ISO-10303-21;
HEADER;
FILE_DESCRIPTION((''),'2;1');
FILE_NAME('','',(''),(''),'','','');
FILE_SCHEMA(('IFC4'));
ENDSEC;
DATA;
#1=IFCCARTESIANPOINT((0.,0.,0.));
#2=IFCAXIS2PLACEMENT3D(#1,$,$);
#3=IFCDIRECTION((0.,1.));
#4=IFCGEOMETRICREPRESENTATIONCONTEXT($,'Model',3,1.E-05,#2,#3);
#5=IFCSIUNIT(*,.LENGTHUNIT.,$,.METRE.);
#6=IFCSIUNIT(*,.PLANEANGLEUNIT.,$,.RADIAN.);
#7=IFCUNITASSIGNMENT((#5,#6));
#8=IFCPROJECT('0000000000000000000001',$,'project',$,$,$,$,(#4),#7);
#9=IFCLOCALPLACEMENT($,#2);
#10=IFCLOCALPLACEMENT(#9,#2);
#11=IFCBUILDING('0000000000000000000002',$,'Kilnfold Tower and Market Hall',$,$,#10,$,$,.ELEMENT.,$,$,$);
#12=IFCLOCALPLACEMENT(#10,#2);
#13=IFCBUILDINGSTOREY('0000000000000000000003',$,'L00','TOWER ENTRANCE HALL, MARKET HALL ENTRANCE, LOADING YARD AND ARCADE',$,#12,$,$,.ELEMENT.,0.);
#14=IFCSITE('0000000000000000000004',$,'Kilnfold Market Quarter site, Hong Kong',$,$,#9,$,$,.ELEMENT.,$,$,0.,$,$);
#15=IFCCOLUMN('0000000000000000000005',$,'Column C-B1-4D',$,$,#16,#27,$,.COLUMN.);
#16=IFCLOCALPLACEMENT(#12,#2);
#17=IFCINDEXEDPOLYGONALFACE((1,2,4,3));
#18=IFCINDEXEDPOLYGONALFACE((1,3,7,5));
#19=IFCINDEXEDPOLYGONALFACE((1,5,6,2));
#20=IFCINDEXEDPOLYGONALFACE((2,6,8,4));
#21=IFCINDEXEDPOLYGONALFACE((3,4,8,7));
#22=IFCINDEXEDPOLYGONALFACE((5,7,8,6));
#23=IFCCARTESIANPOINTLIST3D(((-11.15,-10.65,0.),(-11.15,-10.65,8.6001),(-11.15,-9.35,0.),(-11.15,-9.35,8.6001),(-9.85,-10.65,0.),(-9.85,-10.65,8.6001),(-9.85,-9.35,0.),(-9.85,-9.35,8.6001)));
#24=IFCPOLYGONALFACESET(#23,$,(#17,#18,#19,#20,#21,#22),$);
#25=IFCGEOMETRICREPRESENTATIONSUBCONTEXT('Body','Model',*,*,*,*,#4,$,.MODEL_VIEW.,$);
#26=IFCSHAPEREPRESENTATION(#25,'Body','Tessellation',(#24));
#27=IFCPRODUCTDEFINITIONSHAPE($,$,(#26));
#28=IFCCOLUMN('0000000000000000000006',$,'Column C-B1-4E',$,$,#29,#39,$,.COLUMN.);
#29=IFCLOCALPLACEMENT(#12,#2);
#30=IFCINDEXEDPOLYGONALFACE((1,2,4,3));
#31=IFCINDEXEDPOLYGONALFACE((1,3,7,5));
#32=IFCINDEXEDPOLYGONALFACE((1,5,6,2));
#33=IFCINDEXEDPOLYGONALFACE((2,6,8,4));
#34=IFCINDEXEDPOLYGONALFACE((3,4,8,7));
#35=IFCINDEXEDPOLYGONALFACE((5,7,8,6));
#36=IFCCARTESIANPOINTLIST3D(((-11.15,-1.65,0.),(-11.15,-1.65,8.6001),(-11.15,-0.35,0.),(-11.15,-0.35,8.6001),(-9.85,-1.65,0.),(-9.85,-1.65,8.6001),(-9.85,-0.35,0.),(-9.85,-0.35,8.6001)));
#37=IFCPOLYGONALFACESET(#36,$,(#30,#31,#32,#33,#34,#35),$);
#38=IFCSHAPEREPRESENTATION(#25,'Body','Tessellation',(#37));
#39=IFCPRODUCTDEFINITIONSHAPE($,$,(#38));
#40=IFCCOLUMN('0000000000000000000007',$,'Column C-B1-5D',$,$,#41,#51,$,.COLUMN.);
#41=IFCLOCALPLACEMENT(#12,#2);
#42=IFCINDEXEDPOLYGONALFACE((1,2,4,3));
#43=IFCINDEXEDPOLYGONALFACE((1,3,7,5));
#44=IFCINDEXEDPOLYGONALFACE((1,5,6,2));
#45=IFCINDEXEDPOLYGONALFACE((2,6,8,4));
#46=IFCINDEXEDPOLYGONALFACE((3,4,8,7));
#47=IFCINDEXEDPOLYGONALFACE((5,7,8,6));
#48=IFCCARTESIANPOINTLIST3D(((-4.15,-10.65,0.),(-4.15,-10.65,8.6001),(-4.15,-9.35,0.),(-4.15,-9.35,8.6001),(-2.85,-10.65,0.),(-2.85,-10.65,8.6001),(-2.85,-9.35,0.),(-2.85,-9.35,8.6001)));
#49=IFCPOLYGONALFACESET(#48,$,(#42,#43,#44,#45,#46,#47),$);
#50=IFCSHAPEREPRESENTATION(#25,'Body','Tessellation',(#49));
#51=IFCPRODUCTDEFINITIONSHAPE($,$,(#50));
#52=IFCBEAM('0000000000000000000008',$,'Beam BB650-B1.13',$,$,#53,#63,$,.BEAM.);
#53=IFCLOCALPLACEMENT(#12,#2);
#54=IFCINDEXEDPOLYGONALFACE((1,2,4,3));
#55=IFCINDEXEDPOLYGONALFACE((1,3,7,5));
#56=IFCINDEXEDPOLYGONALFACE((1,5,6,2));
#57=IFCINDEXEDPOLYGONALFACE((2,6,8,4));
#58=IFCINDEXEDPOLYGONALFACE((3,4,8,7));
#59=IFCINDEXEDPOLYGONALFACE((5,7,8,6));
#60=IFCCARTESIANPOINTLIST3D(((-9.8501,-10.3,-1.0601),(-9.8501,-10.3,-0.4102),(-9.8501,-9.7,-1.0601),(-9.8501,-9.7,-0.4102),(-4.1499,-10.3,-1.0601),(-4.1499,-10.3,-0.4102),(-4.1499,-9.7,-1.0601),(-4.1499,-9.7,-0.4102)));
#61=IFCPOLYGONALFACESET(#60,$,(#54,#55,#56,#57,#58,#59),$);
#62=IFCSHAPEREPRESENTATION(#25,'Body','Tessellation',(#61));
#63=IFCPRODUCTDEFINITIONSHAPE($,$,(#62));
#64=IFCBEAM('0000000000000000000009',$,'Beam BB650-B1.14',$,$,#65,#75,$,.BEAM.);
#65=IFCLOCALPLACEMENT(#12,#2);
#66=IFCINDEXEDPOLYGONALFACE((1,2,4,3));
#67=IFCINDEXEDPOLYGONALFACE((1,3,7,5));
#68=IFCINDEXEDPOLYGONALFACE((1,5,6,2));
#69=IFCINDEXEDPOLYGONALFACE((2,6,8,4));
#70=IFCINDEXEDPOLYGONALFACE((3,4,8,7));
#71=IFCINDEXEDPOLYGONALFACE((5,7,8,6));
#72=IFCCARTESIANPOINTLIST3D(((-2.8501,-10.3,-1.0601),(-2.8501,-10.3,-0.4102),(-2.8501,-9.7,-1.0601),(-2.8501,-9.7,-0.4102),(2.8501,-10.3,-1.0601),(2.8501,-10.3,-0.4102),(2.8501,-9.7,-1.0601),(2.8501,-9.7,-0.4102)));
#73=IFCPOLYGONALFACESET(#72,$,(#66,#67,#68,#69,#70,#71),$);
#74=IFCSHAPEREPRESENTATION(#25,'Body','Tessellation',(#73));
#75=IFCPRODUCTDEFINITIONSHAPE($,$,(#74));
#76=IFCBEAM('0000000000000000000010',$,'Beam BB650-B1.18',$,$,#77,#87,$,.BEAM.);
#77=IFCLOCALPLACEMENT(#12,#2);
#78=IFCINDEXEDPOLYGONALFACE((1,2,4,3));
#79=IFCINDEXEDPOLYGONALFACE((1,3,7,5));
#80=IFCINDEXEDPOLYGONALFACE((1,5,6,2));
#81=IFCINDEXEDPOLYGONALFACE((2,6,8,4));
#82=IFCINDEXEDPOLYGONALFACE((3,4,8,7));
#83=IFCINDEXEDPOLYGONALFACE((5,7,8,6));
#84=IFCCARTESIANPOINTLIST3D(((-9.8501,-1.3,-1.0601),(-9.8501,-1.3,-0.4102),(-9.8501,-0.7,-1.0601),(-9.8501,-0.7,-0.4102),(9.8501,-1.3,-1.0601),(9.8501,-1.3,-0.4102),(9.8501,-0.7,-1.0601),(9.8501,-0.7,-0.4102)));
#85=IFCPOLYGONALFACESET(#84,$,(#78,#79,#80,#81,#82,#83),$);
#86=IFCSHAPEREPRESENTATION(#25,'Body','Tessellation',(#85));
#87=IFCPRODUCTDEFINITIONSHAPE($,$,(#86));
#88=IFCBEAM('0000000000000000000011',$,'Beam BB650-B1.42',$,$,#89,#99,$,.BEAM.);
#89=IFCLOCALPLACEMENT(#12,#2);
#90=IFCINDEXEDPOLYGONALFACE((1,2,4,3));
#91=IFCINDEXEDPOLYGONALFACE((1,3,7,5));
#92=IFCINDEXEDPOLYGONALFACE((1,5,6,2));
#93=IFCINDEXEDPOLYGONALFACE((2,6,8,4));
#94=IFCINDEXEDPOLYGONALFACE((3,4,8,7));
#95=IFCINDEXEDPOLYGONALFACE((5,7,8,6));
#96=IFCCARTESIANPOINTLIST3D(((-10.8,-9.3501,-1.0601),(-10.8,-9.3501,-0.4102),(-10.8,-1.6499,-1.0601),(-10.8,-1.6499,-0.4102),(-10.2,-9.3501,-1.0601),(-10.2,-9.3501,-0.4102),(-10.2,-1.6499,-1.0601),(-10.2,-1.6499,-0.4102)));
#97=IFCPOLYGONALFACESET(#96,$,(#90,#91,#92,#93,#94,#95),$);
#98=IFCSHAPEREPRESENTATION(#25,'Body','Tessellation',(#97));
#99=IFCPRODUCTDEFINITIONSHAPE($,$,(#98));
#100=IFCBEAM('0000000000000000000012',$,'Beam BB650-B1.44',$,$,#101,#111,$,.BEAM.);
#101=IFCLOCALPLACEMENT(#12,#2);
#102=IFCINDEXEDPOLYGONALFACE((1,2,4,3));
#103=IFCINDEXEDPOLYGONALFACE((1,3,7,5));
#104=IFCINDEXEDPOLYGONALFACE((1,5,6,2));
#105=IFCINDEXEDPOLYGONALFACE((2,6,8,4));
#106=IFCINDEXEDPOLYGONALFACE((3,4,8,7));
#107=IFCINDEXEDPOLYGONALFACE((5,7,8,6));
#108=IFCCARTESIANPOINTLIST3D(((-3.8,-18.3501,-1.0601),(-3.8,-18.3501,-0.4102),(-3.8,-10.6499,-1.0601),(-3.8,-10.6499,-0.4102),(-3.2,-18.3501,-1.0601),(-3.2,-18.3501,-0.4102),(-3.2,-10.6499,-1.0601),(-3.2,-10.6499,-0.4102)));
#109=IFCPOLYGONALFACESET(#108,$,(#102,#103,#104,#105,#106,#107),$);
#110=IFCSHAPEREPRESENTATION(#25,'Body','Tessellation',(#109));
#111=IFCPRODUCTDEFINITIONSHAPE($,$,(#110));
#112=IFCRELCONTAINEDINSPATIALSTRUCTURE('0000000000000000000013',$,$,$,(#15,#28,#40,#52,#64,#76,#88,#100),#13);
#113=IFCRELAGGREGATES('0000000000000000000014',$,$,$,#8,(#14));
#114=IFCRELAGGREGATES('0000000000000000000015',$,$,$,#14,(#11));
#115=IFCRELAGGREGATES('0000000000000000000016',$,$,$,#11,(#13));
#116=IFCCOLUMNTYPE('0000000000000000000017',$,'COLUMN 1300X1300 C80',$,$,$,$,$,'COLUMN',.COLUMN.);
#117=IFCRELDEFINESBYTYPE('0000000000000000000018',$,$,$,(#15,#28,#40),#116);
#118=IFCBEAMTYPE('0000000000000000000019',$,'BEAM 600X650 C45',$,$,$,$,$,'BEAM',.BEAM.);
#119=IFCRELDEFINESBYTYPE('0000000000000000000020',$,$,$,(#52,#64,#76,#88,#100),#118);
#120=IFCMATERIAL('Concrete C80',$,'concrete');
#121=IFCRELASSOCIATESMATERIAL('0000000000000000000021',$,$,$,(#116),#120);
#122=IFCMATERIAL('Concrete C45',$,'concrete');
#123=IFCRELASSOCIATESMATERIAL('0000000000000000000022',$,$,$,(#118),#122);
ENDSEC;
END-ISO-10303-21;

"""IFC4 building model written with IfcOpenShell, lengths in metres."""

from ifc_helpers import new_model, si_unit, direction, frame, origin, origin_2d, place, context, subcontext, project, spatial, rectangle, extrude, source, transform, mapped, material, material_profile, profile_set, type_object, element, save


model = new_model("IFC4")

# Units and contexts
model_context = context("Model", 3, precision=1e-05, world=origin(), true_north=direction((0.0, 1.0)))
body_context = subcontext(model_context, "Body", "Model", "MODEL_VIEW")
ifc_project = project(units=[si_unit("LENGTHUNIT", "METRE"), si_unit("PLANEANGLEUNIT", "RADIAN")], contexts=[model_context])

# Site, building, storey
site_placement = place(None, origin())
site = spatial("IfcSite", under=ifc_project, at=site_placement, Name="Kilnfold Market Quarter site, Hong Kong", CompositionType="ELEMENT", RefElevation=0.0)
building_placement = place(site_placement, origin())
building = spatial("IfcBuilding", under=site, at=building_placement, Name="Kilnfold Tower and Market Hall", CompositionType="ELEMENT")
storey_placement = place(building_placement, origin())
storey = spatial("IfcBuildingStorey", under=building, at=storey_placement, Name="L00", Description="TOWER ENTRANCE HALL, MARKET HALL ENTRANCE, LOADING YARD AND ARCADE", CompositionType="ELEMENT", Elevation=0.0)

# Columns
ifc_material_1 = material(Name="Concrete C80", Category="concrete")
ifc_material_profile_1 = material_profile(ifc_material_1, rectangle(XDim=1.3, YDim=1.3, at=origin_2d()), Name="RC 1300x1300")
ifc_profile_set_1 = profile_set([ifc_material_profile_1], Name="Concrete C80")
column_type = type_object("IfcColumnType", Name="COLUMN 1300X1300 C80", ElementType="COLUMN", PredefinedType="COLUMN", material=ifc_profile_set_1)
shared_shape_1 = source(origin(), body_context, "Body", "SweptSolid", [
    extrude(rectangle(XDim=1.3, YDim=1.3, at=origin_2d()), origin(), (0.0, 0.0, 1.0), 8.6001),
])
for number, where, z_axis, x_axis, name in (
    (1, (-10.5, -10.0, 0.0), (0.0, 0.0, 1.0), (1.0, 0.0, 0.0), "Column C-B1-4D"),
    (2, (-10.5, -1.0, 0.0), (0.0, 0.0, 1.0), (1.0, 0.0, 0.0), "Column C-B1-4E"),
    (3, (-3.5, -10.0, 0.0), (0.0, 0.0, 1.0), (1.0, 0.0, 0.0), "Column C-B1-5D"),
):
    element("IfcColumn", number, at=place(storey_placement, frame(where, z_axis=z_axis, x_axis=x_axis)), inside=storey, type_object=column_type, Name=name, PredefinedType="COLUMN", context=body_context, shape_type="MappedRepresentation", body=[
        mapped(shared_shape_1, transform((0.0, 0.0, 0.0))),
    ])

# Beams
ifc_material_2 = material(Name="Concrete C45", Category="concrete")
ifc_material_profile_2 = material_profile(ifc_material_2, rectangle(XDim=0.6001, YDim=0.6499, at=origin_2d()), Name="RC 600x650")
ifc_profile_set_2 = profile_set([ifc_material_profile_2], Name="Concrete C45")
beam_type = type_object("IfcBeamType", Name="BEAM 600X650 C45", ElementType="BEAM", PredefinedType="BEAM", material=ifc_profile_set_2)
shared_shape_2 = source(origin(), body_context, "Body", "SweptSolid", [
    extrude(rectangle(XDim=0.6001, YDim=0.6499, at=origin_2d()), origin(), (0.0, 0.0, 1.0), 5.7002),
])
for number, where, z_axis, x_axis, name in (
    (4, (-9.8501, -10.0, -0.7351), (1.0, 0.0, 0.0), (0.0, 1.0, 0.0), "Beam BB650-B1.13"),
    (5, (-2.8501, -10.0, -0.7351), (1.0, 0.0, 0.0), (0.0, 1.0, 0.0), "Beam BB650-B1.14"),
):
    element("IfcBeam", number, at=place(storey_placement, frame(where, z_axis=z_axis, x_axis=x_axis)), inside=storey, type_object=beam_type, Name=name, PredefinedType="BEAM", context=body_context, shape_type="MappedRepresentation", body=[
        mapped(shared_shape_2, transform((0.0, 0.0, 0.0))),
    ])
shared_shape_3 = source(origin(), body_context, "Body", "SweptSolid", [
    extrude(rectangle(XDim=0.6001, YDim=0.6499, at=origin_2d()), origin(), (0.0, 0.0, 1.0), 19.7002),
])
beam_placement = place(storey_placement, frame((-9.8501, -1.0, -0.7351), z_axis=(1.0, 0.0, 0.0), x_axis=(0.0, 1.0, 0.0)))
element("IfcBeam", 6, at=beam_placement, inside=storey, type_object=beam_type, Name="Beam BB650-B1.18", PredefinedType="BEAM", context=body_context, shape_type="MappedRepresentation", body=[
    mapped(shared_shape_3, transform((0.0, 0.0, 0.0))),
])
shared_shape_4 = source(origin(), body_context, "Body", "SweptSolid", [
    extrude(rectangle(XDim=0.6001, YDim=0.6499, at=origin_2d()), origin(), (0.0, 0.0, 1.0), 7.7002),
])
for number, where, z_axis, x_axis, name in (
    (7, (-10.5, -9.3501, -0.7351), (0.0, 1.0, 0.0), (-1.0, 0.0, 0.0), "Beam BB650-B1.42"),
    (8, (-3.5, -18.3501, -0.7351), (0.0, 1.0, 0.0), (-1.0, 0.0, 0.0), "Beam BB650-B1.44"),
):
    element("IfcBeam", number, at=place(storey_placement, frame(where, z_axis=z_axis, x_axis=x_axis)), inside=storey, type_object=beam_type, Name=name, PredefinedType="BEAM", context=body_context, shape_type="MappedRepresentation", body=[
        mapped(shared_shape_4, transform((0.0, 0.0, 0.0))),
    ])

save(model, "model.ifc")
